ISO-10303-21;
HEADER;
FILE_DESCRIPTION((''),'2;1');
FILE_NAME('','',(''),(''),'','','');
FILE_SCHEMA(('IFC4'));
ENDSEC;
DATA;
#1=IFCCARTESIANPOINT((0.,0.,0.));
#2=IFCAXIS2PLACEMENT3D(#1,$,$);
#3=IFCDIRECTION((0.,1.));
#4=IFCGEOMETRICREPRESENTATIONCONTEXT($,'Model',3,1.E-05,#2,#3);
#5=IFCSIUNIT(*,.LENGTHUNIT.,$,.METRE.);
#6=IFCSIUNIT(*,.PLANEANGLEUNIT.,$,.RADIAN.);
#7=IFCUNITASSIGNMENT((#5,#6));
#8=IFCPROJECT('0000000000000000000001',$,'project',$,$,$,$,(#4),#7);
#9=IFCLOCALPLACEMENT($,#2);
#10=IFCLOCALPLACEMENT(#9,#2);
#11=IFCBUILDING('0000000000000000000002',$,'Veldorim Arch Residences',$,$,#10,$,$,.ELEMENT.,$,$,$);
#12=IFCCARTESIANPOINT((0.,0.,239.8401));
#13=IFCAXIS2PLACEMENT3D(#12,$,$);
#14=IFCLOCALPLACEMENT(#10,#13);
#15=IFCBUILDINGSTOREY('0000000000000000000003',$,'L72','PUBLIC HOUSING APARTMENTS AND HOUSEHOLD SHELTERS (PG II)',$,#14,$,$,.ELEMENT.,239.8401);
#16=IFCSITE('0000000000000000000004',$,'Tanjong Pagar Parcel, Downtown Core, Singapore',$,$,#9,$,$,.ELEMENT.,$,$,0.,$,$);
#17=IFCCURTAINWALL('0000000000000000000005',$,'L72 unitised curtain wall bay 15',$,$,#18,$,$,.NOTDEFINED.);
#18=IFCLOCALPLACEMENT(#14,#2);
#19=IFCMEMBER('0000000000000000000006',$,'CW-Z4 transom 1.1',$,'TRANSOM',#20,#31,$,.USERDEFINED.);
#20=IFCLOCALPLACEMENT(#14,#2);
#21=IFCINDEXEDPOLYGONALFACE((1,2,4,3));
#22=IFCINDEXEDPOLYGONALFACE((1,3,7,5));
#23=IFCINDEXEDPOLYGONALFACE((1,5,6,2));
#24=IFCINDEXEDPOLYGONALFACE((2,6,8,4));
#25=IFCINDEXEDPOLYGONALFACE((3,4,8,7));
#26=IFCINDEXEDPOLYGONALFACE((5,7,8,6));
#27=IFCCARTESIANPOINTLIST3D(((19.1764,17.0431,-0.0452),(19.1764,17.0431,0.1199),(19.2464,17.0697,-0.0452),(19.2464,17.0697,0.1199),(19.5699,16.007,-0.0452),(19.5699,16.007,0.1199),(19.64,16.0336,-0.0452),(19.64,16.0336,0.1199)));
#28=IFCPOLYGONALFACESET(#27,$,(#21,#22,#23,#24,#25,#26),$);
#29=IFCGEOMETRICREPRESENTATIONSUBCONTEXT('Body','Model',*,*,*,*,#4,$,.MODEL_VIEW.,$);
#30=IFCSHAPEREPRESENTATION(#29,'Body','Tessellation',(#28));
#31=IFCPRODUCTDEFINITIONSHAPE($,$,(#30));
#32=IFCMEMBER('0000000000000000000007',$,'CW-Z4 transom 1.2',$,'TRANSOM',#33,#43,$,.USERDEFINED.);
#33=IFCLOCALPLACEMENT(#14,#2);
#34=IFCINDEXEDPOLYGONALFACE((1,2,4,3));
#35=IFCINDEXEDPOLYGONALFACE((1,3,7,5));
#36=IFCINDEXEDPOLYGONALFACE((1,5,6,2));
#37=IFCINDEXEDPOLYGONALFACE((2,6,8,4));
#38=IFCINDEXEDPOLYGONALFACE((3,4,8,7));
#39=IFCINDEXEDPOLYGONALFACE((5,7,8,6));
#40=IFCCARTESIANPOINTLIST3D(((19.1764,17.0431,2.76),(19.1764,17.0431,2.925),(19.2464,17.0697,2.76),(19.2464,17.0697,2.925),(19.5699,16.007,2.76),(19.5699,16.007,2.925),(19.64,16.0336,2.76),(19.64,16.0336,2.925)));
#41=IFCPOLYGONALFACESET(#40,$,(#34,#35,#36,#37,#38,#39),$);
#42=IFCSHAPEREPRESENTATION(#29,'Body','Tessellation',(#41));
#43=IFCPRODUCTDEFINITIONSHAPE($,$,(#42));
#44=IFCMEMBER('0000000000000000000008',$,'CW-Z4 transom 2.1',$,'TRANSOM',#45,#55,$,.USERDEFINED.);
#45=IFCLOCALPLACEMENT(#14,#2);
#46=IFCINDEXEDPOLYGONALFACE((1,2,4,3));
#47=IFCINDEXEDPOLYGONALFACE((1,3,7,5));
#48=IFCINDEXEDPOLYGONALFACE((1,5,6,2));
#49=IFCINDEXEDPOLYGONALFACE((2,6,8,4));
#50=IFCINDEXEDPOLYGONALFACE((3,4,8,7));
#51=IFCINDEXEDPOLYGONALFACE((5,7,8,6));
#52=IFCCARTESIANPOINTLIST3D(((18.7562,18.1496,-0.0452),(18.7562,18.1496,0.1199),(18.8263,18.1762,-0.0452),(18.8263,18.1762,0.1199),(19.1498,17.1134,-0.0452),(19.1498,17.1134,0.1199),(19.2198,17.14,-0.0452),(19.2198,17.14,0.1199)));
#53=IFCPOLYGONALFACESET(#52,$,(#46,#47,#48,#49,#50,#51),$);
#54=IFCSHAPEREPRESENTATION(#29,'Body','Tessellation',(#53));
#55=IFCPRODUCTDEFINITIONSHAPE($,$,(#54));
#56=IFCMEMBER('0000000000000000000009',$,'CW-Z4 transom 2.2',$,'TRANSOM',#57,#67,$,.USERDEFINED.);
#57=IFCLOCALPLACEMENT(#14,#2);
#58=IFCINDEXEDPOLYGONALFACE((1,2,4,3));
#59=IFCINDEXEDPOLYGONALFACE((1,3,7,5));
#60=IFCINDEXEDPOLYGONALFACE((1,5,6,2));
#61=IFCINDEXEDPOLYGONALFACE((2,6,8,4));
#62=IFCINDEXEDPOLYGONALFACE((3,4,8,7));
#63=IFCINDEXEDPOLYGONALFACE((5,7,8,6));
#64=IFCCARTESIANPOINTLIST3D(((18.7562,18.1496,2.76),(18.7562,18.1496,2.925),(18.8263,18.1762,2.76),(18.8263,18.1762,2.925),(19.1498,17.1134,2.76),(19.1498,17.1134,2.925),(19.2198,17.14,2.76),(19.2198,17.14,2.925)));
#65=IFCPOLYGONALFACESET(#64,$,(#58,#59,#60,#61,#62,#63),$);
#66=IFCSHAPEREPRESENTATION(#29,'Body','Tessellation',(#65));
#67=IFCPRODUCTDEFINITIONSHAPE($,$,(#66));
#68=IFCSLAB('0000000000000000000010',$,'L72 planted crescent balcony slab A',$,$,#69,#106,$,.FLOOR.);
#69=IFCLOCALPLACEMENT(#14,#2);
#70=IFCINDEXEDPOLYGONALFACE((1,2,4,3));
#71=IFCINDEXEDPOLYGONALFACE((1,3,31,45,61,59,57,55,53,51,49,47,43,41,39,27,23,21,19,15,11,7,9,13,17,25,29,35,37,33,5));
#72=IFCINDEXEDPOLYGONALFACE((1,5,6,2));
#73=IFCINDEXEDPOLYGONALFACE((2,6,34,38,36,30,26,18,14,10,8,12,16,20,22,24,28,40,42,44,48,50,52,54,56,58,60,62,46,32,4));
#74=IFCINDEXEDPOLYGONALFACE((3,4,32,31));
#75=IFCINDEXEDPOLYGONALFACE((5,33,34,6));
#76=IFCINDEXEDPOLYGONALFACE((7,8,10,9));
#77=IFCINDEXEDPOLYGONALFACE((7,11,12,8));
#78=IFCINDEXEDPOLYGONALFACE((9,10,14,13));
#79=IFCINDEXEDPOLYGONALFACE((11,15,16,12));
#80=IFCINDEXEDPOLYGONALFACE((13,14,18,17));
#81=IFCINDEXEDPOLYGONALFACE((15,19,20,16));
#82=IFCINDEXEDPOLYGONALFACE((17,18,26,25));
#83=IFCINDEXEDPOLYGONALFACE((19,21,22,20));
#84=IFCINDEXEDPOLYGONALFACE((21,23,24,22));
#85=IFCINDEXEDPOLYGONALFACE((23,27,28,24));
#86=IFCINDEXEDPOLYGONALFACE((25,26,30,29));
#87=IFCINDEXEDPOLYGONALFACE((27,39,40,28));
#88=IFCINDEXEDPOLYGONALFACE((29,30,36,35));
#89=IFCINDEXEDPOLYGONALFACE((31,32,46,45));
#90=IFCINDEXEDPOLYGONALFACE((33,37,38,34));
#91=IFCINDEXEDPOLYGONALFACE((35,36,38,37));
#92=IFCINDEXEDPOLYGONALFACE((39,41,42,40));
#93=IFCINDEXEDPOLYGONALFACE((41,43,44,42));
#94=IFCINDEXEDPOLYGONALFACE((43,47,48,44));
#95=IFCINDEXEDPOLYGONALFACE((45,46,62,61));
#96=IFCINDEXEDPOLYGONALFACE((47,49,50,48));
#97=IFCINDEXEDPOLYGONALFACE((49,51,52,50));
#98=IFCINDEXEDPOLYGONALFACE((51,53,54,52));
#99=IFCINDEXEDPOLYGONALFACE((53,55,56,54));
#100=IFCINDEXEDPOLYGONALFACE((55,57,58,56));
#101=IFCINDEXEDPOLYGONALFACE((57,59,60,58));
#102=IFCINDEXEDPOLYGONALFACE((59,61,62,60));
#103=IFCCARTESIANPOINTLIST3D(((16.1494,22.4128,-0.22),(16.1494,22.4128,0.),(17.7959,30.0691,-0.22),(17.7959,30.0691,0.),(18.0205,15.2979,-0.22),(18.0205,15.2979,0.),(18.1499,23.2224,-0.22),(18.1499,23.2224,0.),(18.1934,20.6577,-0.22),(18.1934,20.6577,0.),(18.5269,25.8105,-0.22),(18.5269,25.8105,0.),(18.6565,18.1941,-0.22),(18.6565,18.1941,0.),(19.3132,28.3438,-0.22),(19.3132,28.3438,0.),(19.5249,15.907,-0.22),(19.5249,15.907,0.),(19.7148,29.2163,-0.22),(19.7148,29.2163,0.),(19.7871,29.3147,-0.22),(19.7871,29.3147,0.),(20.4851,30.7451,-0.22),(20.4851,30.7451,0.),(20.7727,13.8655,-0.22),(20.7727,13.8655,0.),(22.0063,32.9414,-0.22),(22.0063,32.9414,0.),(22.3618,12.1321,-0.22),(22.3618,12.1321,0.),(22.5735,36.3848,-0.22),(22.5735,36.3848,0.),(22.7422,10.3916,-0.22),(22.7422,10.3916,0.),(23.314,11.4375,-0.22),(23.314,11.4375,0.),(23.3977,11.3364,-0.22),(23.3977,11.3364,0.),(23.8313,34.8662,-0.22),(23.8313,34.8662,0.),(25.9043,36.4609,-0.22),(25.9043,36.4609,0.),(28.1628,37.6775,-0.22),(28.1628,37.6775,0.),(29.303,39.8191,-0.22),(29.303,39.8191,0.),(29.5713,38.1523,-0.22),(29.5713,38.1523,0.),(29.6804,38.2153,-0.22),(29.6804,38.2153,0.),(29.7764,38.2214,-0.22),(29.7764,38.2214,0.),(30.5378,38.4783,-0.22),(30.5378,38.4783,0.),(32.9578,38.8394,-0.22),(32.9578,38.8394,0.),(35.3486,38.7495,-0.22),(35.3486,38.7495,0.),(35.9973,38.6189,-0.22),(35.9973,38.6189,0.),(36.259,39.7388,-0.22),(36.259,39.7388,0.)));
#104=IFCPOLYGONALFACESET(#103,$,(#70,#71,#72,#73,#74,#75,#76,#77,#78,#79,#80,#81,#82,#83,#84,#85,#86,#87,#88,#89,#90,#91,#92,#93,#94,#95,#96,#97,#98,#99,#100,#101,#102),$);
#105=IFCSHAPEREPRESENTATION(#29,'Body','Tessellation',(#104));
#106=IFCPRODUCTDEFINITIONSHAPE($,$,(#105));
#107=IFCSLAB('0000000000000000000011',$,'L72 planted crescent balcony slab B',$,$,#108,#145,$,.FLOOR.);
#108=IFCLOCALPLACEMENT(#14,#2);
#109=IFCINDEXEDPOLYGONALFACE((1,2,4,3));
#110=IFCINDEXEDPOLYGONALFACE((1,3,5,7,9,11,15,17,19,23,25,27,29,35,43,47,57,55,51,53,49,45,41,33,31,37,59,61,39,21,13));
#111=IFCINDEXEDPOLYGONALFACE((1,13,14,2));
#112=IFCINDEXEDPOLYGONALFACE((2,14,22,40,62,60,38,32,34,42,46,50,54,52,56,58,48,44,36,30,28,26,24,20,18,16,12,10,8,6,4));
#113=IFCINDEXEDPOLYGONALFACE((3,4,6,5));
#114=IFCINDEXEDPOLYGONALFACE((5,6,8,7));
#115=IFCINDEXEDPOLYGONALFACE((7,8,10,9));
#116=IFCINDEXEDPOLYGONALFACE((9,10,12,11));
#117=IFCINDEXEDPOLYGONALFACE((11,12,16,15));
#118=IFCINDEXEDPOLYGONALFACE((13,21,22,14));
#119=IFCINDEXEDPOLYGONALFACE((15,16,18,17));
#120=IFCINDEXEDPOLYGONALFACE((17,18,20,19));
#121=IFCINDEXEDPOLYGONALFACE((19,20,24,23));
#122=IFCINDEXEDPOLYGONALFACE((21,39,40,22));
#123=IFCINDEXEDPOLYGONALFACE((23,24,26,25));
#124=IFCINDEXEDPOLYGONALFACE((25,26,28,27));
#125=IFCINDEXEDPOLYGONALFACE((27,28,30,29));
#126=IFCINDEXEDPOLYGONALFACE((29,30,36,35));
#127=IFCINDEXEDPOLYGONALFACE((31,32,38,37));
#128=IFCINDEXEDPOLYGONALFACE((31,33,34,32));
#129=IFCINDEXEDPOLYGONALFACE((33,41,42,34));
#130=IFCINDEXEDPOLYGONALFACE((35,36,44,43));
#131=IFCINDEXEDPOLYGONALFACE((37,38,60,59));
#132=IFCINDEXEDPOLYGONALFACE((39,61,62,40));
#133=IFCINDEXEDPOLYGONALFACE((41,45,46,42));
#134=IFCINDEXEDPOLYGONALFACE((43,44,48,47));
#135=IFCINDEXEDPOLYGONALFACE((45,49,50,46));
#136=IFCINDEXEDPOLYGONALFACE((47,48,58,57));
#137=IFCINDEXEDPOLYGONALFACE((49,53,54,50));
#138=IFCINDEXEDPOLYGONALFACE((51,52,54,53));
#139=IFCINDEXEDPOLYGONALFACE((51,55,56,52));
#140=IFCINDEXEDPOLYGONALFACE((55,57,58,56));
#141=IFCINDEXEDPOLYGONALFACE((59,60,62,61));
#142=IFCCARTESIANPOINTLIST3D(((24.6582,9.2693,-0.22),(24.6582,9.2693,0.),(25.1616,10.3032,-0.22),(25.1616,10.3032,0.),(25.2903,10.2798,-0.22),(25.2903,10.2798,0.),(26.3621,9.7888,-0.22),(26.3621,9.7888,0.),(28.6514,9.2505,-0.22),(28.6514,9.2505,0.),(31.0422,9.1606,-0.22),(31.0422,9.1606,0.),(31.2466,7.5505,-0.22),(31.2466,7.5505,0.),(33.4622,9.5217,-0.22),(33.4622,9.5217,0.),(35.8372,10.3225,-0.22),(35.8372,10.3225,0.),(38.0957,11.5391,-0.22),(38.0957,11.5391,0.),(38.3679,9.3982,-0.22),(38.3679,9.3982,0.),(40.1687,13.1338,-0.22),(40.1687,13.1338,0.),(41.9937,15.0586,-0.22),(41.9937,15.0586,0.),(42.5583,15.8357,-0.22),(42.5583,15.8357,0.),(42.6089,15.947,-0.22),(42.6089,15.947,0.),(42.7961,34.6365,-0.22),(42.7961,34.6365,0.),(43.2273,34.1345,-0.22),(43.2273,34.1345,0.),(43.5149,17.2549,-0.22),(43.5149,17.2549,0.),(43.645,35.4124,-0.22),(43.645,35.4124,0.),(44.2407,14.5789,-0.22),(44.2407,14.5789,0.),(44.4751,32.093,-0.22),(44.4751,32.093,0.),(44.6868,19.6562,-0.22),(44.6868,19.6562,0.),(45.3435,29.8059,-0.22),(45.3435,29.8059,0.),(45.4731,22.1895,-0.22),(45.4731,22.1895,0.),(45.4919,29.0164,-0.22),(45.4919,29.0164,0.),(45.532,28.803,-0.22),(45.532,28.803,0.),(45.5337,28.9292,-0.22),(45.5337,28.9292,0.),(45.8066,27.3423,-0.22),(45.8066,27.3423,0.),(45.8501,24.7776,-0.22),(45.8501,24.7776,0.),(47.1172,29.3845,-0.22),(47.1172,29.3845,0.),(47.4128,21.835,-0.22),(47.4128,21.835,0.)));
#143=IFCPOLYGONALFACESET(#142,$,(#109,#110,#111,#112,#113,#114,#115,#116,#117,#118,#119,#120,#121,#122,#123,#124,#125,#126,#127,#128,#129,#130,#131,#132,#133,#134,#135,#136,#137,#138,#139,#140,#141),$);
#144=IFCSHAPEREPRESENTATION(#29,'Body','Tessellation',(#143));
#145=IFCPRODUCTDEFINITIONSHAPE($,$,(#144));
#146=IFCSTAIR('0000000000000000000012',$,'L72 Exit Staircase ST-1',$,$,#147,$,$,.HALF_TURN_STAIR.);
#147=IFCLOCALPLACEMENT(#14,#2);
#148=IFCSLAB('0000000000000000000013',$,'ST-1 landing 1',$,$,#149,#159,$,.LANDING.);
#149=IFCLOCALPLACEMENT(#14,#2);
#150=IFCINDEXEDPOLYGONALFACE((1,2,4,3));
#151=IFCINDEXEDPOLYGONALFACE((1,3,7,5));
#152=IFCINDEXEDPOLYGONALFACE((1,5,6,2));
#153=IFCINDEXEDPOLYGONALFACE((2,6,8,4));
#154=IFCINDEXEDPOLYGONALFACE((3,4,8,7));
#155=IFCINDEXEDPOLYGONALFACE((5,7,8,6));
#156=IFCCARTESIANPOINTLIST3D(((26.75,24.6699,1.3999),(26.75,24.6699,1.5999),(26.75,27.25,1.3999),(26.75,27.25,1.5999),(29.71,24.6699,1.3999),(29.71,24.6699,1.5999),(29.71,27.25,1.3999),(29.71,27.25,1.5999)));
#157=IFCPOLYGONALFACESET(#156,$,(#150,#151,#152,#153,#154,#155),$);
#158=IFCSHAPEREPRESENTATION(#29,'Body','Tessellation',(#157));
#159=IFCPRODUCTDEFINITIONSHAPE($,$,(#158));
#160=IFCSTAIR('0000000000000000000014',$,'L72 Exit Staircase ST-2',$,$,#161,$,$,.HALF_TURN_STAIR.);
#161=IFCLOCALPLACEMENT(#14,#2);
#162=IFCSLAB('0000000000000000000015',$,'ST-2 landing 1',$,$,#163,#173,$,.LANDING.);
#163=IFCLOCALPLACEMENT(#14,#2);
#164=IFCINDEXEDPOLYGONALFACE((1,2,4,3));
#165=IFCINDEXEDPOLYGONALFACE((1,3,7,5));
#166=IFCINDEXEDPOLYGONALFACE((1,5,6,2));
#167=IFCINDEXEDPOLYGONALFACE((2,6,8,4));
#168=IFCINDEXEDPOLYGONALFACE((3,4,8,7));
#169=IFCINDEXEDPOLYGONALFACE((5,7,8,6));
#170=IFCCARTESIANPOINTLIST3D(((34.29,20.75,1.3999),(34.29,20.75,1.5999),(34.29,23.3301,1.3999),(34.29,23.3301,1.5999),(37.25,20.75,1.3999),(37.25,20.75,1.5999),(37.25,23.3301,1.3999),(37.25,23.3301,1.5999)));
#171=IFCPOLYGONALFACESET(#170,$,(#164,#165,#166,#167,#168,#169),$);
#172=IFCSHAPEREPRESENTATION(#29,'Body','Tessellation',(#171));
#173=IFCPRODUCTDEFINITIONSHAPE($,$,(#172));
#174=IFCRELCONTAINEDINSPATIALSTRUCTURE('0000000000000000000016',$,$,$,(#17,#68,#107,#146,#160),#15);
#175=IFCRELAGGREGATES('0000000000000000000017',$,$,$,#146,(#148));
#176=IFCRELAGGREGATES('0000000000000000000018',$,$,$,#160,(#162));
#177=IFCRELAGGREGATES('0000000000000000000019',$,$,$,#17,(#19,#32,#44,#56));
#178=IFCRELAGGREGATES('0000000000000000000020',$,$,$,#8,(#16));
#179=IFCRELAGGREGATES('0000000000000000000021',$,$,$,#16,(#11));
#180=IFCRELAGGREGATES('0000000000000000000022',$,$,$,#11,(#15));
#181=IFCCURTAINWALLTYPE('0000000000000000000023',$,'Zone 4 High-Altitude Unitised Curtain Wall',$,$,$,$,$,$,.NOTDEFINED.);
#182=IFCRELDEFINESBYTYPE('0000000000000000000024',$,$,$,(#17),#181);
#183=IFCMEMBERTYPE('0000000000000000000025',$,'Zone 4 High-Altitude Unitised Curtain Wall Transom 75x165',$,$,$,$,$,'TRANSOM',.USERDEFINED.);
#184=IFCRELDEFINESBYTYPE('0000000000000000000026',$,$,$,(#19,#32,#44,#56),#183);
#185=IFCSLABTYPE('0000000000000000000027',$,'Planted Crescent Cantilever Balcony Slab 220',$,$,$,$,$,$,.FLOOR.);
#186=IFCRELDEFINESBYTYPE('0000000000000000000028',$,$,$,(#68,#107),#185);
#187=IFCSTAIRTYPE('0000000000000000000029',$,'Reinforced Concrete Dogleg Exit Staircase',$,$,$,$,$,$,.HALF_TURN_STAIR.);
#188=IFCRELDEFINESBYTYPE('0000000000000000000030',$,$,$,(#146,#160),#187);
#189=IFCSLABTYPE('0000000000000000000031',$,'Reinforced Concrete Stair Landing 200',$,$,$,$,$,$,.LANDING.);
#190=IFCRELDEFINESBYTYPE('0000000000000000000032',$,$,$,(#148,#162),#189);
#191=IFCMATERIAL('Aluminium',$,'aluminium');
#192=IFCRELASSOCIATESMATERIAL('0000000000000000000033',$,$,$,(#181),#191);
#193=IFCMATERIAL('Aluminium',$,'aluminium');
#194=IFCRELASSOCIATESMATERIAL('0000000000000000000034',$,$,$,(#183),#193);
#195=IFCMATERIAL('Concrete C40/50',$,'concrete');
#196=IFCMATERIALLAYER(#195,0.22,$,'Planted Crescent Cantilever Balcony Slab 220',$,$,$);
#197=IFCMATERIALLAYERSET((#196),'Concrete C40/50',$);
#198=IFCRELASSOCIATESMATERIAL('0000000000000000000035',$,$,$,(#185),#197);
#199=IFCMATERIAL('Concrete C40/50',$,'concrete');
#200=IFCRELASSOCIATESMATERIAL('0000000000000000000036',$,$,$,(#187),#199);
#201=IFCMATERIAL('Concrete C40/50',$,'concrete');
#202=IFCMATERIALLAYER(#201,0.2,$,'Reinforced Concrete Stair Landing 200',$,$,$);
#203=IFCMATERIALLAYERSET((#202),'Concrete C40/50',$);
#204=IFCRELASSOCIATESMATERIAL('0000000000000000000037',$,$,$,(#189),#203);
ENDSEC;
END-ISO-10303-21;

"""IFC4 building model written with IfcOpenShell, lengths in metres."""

from ifc_helpers import new_model, si_unit, direction, frame, origin, origin_2d, place, context, subcontext, project, spatial, polyline, rectangle, outline, extrude, material, layer, layer_set, material_profile, profile_set, type_object, element, aggregate, save


model = new_model("IFC4")

# Units and contexts
model_context = context("Model", 3, precision=1e-05, world=origin(), true_north=direction((0.0, 1.0)))
body_context = subcontext(model_context, "Body", "Model", "MODEL_VIEW")
ifc_project = project(units=[si_unit("LENGTHUNIT", "METRE"), si_unit("PLANEANGLEUNIT", "RADIAN")], contexts=[model_context])

# Site, building, storey
site_placement = place(None, origin())
site = spatial("IfcSite", under=ifc_project, at=site_placement, Name="Tanjong Pagar Parcel, Downtown Core, Singapore", CompositionType="ELEMENT", RefElevation=0.0)
building_placement = place(site_placement, origin())
building = spatial("IfcBuilding", under=site, at=building_placement, Name="Veldorim Arch Residences", CompositionType="ELEMENT")
storey_placement = place(building_placement, frame((0.0, 0.0, 239.8401)))
storey = spatial("IfcBuildingStorey", under=building, at=storey_placement, Name="L72", Description="PUBLIC HOUSING APARTMENTS AND HOUSEHOLD SHELTERS (PG II)", CompositionType="ELEMENT", Elevation=239.8401)

# Curtain wall, members
ifc_material_1 = material(Name="Aluminium", Category="aluminium")
curtain_wall_type = type_object("IfcCurtainWallType", Name="Zone 4 High-Altitude Unitised Curtain Wall", PredefinedType="NOTDEFINED", material=ifc_material_1)
curtain_wall_placement = place(storey_placement, origin())
curtain_wall = element("IfcCurtainWall", 1, at=curtain_wall_placement, inside=storey, type_object=curtain_wall_type, Name="L72 unitised curtain wall bay 15", PredefinedType="NOTDEFINED")
ifc_material_2 = material(Name="Aluminium", Category="aluminium")
ifc_material_profile_1 = material_profile(ifc_material_2, rectangle(XDim=0.075, YDim=0.165, at=origin_2d()), Name="ALU_TRN_75x165")
ifc_profile_set_1 = profile_set([ifc_material_profile_1], Name="Aluminium")
member_type_1 = type_object("IfcMemberType", Name="Zone 4 High-Altitude Unitised Curtain Wall Transom 75x165", ElementType="TRANSOM", PredefinedType="USERDEFINED", material=ifc_profile_set_1)
member_1_placement = place(storey_placement, frame((19.605, 16.0203, 0.0374), z_axis=(-0.355079, 0.934836, 0.0), x_axis=(-0.934836, -0.355079, 0.0)))
member_1 = element("IfcMember", 2, at=member_1_placement, type_object=member_type_1, Name="CW-Z4 transom 1.1", ObjectType="TRANSOM", PredefinedType="USERDEFINED", context=body_context, shape_type="SweptSolid", body=[
    extrude(rectangle(XDim=0.075, YDim=0.165, at=origin_2d()), origin(), (0.0, 0.0, 1.0), 1.1084),
])
member_2_placement = place(storey_placement, frame((19.605, 16.0203, 2.8425), z_axis=(-0.355079, 0.934836, 0.0), x_axis=(-0.934836, -0.355079, 0.0)))
member_2 = element("IfcMember", 3, at=member_2_placement, type_object=member_type_1, Name="CW-Z4 transom 1.2", ObjectType="TRANSOM", PredefinedType="USERDEFINED", context=body_context, shape_type="SweptSolid", body=[
    extrude(rectangle(XDim=0.075, YDim=0.165, at=origin_2d()), origin(), (0.0, 0.0, 1.0), 1.1084),
])
member_3_placement = place(storey_placement, frame((19.1848, 17.1267, 0.0374), z_axis=(-0.355079, 0.934836, 0.0), x_axis=(-0.934836, -0.355079, 0.0)))
member_3 = element("IfcMember", 4, at=member_3_placement, type_object=member_type_1, Name="CW-Z4 transom 2.1", ObjectType="TRANSOM", PredefinedType="USERDEFINED", context=body_context, shape_type="SweptSolid", body=[
    extrude(rectangle(XDim=0.075, YDim=0.165, at=origin_2d()), origin(), (0.0, 0.0, 1.0), 1.1084),
])
member_4_placement = place(storey_placement, frame((19.1848, 17.1267, 2.8425), z_axis=(-0.355079, 0.934836, 0.0), x_axis=(-0.934836, -0.355079, 0.0)))
member_4 = element("IfcMember", 5, at=member_4_placement, type_object=member_type_1, Name="CW-Z4 transom 2.2", ObjectType="TRANSOM", PredefinedType="USERDEFINED", context=body_context, shape_type="SweptSolid", body=[
    extrude(rectangle(XDim=0.075, YDim=0.165, at=origin_2d()), origin(), (0.0, 0.0, 1.0), 1.1084),
])

# Slabs
ifc_material_3 = material(Name="Concrete C40/50", Category="concrete")
ifc_layer_1 = layer(ifc_material_3, 0.22, Name="Planted Crescent Cantilever Balcony Slab 220")
ifc_layer_set_1 = layer_set([ifc_layer_1], Name="Concrete C40/50")
slab_type_1 = type_object("IfcSlabType", Name="Planted Crescent Cantilever Balcony Slab 220", PredefinedType="FLOOR", material=ifc_layer_set_1)
slab_1_placement = place(storey_placement, frame((0.0, 0.0, -0.22)))
element("IfcSlab", 6, at=slab_1_placement, inside=storey, type_object=slab_type_1, Name="L72 planted crescent balcony slab A", PredefinedType="FLOOR", context=body_context, shape_type="SweptSolid", body=[
    extrude(outline(polyline([(35.9973, 38.6189), (35.3486, 38.7495), (32.9578, 38.8394), (30.5378, 38.4783), (29.7764, 38.2214), (29.6804, 38.2153), (29.5713, 38.1523), (28.1628, 37.6775), (25.9043, 36.4609), (23.8313, 34.8662), (22.0063, 32.9414), (20.4851, 30.7451), (19.7871, 29.3147), (19.7148, 29.2163), (19.3132, 28.3438), (18.5269, 25.8105), (18.1499, 23.2224), (18.1934, 20.6577), (18.6565, 18.1941), (19.5249, 15.907), (20.7727, 13.8655), (22.3618, 12.1321), (23.314, 11.4375), (23.3977, 11.3364), (22.7422, 10.3916), (18.0205, 15.2979), (16.1494, 22.4128), (17.7959, 30.0691), (22.5735, 36.3848), (29.303, 39.8191), (36.259, 39.7388), (35.9973, 38.6189)])), origin(), (0.0, 0.0, 1.0), 0.22),
])
slab_2_placement = place(storey_placement, frame((0.0, 0.0, -0.22)))
element("IfcSlab", 7, at=slab_2_placement, inside=storey, type_object=slab_type_1, Name="L72 planted crescent balcony slab B", PredefinedType="FLOOR", context=body_context, shape_type="SweptSolid", body=[
    extrude(outline(polyline([(25.2903, 10.2798), (26.3621, 9.7888), (28.6514, 9.2505), (31.0422, 9.1606), (33.4622, 9.5217), (35.8372, 10.3225), (38.0957, 11.5391), (40.1687, 13.1338), (41.9937, 15.0586), (42.5583, 15.8357), (42.6089, 15.947), (43.5149, 17.2549), (44.6868, 19.6562), (45.4731, 22.1895), (45.8501, 24.7776), (45.8066, 27.3423), (45.532, 28.803), (45.5337, 28.9292), (45.4919, 29.0164), (45.3435, 29.8059), (44.4751, 32.093), (43.2273, 34.1345), (42.7961, 34.6365), (43.645, 35.4124), (47.1172, 29.3845), (47.4128, 21.835), (44.2407, 14.5789), (38.3679, 9.3982), (31.2466, 7.5505), (24.6582, 9.2693), (25.1616, 10.3032), (25.2903, 10.2798)])), origin(), (0.0, 0.0, 1.0), 0.22),
])

# Stairs, slabs
ifc_material_4 = material(Name="Concrete C40/50", Category="concrete")
stair_type = type_object("IfcStairType", Name="Reinforced Concrete Dogleg Exit Staircase", PredefinedType="HALF_TURN_STAIR", material=ifc_material_4)
stair_1_placement = place(storey_placement, origin())
stair_1 = element("IfcStair", 8, at=stair_1_placement, inside=storey, type_object=stair_type, Name="L72 Exit Staircase ST-1", PredefinedType="HALF_TURN_STAIR")
ifc_material_5 = material(Name="Concrete C40/50", Category="concrete")
ifc_layer_2 = layer(ifc_material_5, 0.2, Name="Reinforced Concrete Stair Landing 200")
ifc_layer_set_2 = layer_set([ifc_layer_2], Name="Concrete C40/50")
slab_type_2 = type_object("IfcSlabType", Name="Reinforced Concrete Stair Landing 200", PredefinedType="LANDING", material=ifc_layer_set_2)
slab_3_placement = place(storey_placement, frame((0.0, 0.0, 1.3999)))
slab_3 = element("IfcSlab", 9, at=slab_3_placement, type_object=slab_type_2, Name="ST-1 landing 1", PredefinedType="LANDING", context=body_context, shape_type="SweptSolid", body=[
    extrude(outline(polyline([(29.71, 24.6699), (29.71, 27.25), (26.75, 27.25), (26.75, 24.6699), (29.71, 24.6699)])), origin(), (0.0, 0.0, 1.0), 0.2),
])
aggregate(stair_1, [slab_3])
stair_2_placement = place(storey_placement, origin())
stair_2 = element("IfcStair", 10, at=stair_2_placement, inside=storey, type_object=stair_type, Name="L72 Exit Staircase ST-2", PredefinedType="HALF_TURN_STAIR")
slab_4_placement = place(storey_placement, frame((0.0, 0.0, 1.3999)))
slab_4 = element("IfcSlab", 11, at=slab_4_placement, type_object=slab_type_2, Name="ST-2 landing 1", PredefinedType="LANDING", context=body_context, shape_type="SweptSolid", body=[
    extrude(outline(polyline([(34.29, 23.3301), (34.29, 20.75), (37.25, 20.75), (37.25, 23.3301), (34.29, 23.3301)])), origin(), (0.0, 0.0, 1.0), 0.2),
])
aggregate(stair_2, [slab_4])

aggregate(curtain_wall, [member_1, member_2, member_3, member_4])

save(model, "model.ifc")
